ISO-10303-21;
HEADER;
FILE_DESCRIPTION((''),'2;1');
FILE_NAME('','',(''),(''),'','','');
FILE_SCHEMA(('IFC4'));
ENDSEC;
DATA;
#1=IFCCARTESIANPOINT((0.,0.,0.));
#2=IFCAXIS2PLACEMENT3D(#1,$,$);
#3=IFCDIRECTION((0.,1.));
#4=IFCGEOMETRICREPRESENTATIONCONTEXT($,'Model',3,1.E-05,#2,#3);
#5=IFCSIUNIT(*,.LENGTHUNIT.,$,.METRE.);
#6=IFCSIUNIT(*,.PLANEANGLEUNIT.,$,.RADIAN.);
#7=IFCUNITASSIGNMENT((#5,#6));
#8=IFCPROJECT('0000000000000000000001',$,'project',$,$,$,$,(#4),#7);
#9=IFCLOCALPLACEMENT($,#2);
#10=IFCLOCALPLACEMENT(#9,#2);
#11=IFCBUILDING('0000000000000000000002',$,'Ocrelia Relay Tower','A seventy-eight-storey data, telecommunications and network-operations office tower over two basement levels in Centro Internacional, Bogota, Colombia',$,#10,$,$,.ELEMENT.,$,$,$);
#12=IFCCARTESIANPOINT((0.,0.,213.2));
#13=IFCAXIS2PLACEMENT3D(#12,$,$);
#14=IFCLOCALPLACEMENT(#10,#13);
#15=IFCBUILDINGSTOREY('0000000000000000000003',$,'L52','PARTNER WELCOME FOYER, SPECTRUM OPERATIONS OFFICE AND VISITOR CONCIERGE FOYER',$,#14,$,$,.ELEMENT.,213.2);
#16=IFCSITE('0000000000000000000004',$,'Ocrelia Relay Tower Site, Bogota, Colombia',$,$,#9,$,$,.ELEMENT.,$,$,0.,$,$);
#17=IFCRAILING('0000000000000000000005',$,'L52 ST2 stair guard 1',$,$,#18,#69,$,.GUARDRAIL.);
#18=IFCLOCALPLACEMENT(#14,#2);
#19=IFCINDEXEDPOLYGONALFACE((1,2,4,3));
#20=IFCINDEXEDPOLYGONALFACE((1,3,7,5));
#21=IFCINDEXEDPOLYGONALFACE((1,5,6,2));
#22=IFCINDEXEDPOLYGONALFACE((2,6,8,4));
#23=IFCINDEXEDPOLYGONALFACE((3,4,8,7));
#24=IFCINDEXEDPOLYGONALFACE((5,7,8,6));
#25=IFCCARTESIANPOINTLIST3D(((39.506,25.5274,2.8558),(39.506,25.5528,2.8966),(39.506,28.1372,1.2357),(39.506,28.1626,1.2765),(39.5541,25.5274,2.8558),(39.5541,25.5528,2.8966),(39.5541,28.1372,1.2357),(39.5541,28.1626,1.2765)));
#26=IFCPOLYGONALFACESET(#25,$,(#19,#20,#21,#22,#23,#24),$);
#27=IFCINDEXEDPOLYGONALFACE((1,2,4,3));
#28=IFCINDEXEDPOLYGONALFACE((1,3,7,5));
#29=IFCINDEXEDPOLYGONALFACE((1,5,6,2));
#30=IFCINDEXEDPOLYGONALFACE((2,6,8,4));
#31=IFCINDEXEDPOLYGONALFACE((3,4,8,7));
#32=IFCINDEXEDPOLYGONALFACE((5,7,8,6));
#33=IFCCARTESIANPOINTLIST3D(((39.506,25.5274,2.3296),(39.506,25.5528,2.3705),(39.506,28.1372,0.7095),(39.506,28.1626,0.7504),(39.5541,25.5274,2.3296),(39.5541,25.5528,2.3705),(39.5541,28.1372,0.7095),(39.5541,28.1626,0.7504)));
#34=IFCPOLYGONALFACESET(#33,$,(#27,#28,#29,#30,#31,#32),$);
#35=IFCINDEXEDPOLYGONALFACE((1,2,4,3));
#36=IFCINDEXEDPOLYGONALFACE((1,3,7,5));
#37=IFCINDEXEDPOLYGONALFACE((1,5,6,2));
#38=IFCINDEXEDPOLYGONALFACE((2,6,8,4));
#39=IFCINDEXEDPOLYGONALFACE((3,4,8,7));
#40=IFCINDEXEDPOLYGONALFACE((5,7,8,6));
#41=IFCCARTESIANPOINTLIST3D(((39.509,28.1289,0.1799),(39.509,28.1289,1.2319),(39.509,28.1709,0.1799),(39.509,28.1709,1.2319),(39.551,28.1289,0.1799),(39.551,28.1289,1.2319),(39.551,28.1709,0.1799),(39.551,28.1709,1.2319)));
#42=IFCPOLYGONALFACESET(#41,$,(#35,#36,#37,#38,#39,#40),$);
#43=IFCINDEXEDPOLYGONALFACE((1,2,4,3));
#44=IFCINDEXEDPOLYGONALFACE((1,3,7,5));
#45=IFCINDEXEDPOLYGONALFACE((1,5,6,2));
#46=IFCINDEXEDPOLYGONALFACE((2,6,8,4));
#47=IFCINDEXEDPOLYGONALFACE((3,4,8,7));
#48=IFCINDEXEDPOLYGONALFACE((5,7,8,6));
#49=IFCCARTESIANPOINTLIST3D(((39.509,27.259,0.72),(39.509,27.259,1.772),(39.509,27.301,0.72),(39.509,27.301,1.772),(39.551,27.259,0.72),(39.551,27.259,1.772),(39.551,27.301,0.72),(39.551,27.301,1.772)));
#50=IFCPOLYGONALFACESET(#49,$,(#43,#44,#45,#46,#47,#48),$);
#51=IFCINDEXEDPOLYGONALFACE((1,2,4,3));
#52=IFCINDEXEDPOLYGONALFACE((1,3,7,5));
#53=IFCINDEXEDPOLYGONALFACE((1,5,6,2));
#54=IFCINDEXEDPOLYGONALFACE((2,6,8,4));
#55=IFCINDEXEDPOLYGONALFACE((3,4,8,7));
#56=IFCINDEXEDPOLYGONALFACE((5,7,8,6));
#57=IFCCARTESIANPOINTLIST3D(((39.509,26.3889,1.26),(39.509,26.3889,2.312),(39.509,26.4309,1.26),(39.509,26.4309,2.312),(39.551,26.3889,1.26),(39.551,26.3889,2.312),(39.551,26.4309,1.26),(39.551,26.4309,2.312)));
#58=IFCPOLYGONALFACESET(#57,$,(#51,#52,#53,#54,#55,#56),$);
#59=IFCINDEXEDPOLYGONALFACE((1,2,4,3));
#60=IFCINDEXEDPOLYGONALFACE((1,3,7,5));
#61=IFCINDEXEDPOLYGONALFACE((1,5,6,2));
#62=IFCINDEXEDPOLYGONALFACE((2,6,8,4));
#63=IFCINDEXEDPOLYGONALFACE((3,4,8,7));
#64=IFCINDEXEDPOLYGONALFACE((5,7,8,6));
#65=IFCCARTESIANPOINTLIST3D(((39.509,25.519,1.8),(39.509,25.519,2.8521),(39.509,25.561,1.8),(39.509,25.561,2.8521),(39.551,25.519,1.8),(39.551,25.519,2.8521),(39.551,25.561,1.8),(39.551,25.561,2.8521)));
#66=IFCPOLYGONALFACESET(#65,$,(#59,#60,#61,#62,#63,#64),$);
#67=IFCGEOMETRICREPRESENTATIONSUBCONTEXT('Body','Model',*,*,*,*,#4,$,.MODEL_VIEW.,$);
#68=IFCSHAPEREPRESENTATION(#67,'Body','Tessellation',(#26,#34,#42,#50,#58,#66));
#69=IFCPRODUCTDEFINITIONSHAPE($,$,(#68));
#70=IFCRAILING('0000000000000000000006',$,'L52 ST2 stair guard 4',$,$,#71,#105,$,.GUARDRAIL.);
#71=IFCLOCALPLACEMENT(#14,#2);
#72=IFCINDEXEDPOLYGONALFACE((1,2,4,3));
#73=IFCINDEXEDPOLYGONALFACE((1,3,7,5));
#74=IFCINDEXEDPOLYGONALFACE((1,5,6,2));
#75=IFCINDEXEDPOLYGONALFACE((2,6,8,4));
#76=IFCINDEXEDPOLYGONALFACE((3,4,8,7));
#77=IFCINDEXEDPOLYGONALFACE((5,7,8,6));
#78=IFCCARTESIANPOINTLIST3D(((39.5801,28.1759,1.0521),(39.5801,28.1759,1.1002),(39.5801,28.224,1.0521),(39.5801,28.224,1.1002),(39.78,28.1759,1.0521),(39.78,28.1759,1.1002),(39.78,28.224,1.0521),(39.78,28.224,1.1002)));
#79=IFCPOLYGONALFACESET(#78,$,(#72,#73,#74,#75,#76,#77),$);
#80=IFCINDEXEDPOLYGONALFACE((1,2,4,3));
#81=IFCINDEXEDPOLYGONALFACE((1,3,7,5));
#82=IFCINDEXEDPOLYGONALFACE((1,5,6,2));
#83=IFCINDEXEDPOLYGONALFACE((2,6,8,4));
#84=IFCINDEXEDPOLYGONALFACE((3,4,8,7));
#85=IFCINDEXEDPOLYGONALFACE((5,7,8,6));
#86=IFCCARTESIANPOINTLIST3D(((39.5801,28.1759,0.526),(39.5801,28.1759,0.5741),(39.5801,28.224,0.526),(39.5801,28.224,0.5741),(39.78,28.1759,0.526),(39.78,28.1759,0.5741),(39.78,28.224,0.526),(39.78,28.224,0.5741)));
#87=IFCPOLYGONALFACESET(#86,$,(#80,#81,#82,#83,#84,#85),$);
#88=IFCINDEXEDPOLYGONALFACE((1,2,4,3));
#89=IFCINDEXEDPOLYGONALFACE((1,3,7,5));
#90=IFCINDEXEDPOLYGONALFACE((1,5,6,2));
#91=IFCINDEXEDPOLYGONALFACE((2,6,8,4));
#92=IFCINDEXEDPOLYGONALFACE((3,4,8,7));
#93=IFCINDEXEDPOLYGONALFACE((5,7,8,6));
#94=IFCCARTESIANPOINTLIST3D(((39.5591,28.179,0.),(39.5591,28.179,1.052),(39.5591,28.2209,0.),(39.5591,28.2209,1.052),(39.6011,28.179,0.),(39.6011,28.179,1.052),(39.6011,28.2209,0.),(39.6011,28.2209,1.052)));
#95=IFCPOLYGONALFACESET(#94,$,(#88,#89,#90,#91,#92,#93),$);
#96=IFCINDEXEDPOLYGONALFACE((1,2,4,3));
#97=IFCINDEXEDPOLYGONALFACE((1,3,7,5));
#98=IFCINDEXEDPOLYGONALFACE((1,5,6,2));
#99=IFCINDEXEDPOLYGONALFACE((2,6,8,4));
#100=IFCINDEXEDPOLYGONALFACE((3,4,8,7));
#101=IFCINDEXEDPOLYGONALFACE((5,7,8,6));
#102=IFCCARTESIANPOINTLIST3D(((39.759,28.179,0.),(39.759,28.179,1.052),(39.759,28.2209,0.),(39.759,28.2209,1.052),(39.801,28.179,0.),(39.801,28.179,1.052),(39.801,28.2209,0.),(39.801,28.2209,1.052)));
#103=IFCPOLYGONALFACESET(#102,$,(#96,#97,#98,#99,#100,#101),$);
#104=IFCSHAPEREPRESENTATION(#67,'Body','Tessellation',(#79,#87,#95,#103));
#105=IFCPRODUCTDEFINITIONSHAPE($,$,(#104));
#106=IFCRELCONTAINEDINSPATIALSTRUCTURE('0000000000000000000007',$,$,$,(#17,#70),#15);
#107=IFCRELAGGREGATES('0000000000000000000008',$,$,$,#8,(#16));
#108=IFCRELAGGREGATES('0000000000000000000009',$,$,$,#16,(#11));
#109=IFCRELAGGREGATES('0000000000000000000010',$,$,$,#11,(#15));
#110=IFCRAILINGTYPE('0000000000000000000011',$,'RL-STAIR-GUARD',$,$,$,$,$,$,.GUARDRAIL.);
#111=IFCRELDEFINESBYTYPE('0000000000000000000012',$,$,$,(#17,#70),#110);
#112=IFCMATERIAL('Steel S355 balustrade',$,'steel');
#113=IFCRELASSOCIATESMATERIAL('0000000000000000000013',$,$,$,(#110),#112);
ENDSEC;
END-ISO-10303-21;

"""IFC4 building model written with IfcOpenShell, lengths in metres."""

from ifc_helpers import new_model, si_unit, direction, frame, origin, origin_2d, place, context, subcontext, project, spatial, rectangle, extrude, material, type_object, element, save


model = new_model("IFC4")

# Units and contexts
model_context = context("Model", 3, precision=1e-05, world=origin(), true_north=direction((0.0, 1.0)))
body_context = subcontext(model_context, "Body", "Model", "MODEL_VIEW")
ifc_project = project(units=[si_unit("LENGTHUNIT", "METRE"), si_unit("PLANEANGLEUNIT", "RADIAN")], contexts=[model_context])

# Site, building, storey
site_placement = place(None, origin())
site = spatial("IfcSite", under=ifc_project, at=site_placement, Name="Ocrelia Relay Tower Site, Bogota, Colombia", CompositionType="ELEMENT", RefElevation=0.0)
building_placement = place(site_placement, origin())
building = spatial("IfcBuilding", under=site, at=building_placement, Name="Ocrelia Relay Tower", Description="A seventy-eight-storey data, telecommunications and network-operations office tower over two basement levels in Centro Internacional, Bogota, Colombia", CompositionType="ELEMENT")
storey_placement = place(building_placement, frame((0.0, 0.0, 213.2)))
storey = spatial("IfcBuildingStorey", under=building, at=storey_placement, Name="L52", Description="PARTNER WELCOME FOYER, SPECTRUM OPERATIONS OFFICE AND VISITOR CONCIERGE FOYER", CompositionType="ELEMENT", Elevation=213.2)

# Railings
ifc_material_1 = material(Name="Steel S355 balustrade", Category="steel")
railing_type = type_object("IfcRailingType", Name="RL-STAIR-GUARD", PredefinedType="GUARDRAIL", material=ifc_material_1)
railing_1_placement = place(storey_placement, frame((39.53, 28.1499, 0.1799)))
element("IfcRailing", 1, at=railing_1_placement, inside=storey, type_object=railing_type, Name="L52 ST2 stair guard 1", PredefinedType="GUARDRAIL", context=body_context, shape_type="SweptSolid", body=[
    extrude(rectangle(XDim=0.0481, YDim=0.0481, at=origin_2d()), frame((0.0, 0.0, 1.0762), z_axis=(0.0, -0.849611, 0.52741), x_axis=(1.0, 0.0, 0.0)), (0.0, 0.0, 1.0), 3.0718),
    extrude(rectangle(XDim=0.0481, YDim=0.0481, at=origin_2d()), frame((0.0, 0.0, 0.55), z_axis=(0.0, -0.849611, 0.52741), x_axis=(1.0, 0.0, 0.0)), (0.0, 0.0, 1.0), 3.0718),
    extrude(rectangle(XDim=0.042, YDim=0.042, at=origin_2d()), origin(), (0.0, 0.0, 1.0), 1.052),
    extrude(rectangle(XDim=0.042, YDim=0.042, at=origin_2d()), frame((0.0, -0.8699, 0.54)), (0.0, 0.0, 1.0), 1.052),
    extrude(rectangle(XDim=0.042, YDim=0.042, at=origin_2d()), frame((0.0, -1.74, 1.0801)), (0.0, 0.0, 1.0), 1.052),
    extrude(rectangle(XDim=0.042, YDim=0.042, at=origin_2d()), frame((0.0, -2.6099, 1.6201)), (0.0, 0.0, 1.0), 1.052),
])
railing_2_placement = place(storey_placement, frame((39.5801, 28.2, 0.0)))
element("IfcRailing", 2, at=railing_2_placement, inside=storey, type_object=railing_type, Name="L52 ST2 stair guard 4", PredefinedType="GUARDRAIL", context=body_context, shape_type="SweptSolid", body=[
    extrude(rectangle(XDim=0.0481, YDim=0.0481, at=origin_2d()), frame((0.0, 0.0, 1.0762), z_axis=(1.0, 0.0, 0.0), x_axis=(0.0, 1.0, 0.0)), (0.0, 0.0, 1.0), 0.2),
    extrude(rectangle(XDim=0.0481, YDim=0.0481, at=origin_2d()), frame((0.0, 0.0, 0.55), z_axis=(1.0, 0.0, 0.0), x_axis=(0.0, 1.0, 0.0)), (0.0, 0.0, 1.0), 0.2),
    extrude(rectangle(XDim=0.042, YDim=0.042, at=origin_2d()), origin(), (0.0, 0.0, 1.0), 1.052),
    extrude(rectangle(XDim=0.042, YDim=0.042, at=origin_2d()), frame((0.2, 0.0, 0.0)), (0.0, 0.0, 1.0), 1.052),
])

save(model, "model.ifc")
